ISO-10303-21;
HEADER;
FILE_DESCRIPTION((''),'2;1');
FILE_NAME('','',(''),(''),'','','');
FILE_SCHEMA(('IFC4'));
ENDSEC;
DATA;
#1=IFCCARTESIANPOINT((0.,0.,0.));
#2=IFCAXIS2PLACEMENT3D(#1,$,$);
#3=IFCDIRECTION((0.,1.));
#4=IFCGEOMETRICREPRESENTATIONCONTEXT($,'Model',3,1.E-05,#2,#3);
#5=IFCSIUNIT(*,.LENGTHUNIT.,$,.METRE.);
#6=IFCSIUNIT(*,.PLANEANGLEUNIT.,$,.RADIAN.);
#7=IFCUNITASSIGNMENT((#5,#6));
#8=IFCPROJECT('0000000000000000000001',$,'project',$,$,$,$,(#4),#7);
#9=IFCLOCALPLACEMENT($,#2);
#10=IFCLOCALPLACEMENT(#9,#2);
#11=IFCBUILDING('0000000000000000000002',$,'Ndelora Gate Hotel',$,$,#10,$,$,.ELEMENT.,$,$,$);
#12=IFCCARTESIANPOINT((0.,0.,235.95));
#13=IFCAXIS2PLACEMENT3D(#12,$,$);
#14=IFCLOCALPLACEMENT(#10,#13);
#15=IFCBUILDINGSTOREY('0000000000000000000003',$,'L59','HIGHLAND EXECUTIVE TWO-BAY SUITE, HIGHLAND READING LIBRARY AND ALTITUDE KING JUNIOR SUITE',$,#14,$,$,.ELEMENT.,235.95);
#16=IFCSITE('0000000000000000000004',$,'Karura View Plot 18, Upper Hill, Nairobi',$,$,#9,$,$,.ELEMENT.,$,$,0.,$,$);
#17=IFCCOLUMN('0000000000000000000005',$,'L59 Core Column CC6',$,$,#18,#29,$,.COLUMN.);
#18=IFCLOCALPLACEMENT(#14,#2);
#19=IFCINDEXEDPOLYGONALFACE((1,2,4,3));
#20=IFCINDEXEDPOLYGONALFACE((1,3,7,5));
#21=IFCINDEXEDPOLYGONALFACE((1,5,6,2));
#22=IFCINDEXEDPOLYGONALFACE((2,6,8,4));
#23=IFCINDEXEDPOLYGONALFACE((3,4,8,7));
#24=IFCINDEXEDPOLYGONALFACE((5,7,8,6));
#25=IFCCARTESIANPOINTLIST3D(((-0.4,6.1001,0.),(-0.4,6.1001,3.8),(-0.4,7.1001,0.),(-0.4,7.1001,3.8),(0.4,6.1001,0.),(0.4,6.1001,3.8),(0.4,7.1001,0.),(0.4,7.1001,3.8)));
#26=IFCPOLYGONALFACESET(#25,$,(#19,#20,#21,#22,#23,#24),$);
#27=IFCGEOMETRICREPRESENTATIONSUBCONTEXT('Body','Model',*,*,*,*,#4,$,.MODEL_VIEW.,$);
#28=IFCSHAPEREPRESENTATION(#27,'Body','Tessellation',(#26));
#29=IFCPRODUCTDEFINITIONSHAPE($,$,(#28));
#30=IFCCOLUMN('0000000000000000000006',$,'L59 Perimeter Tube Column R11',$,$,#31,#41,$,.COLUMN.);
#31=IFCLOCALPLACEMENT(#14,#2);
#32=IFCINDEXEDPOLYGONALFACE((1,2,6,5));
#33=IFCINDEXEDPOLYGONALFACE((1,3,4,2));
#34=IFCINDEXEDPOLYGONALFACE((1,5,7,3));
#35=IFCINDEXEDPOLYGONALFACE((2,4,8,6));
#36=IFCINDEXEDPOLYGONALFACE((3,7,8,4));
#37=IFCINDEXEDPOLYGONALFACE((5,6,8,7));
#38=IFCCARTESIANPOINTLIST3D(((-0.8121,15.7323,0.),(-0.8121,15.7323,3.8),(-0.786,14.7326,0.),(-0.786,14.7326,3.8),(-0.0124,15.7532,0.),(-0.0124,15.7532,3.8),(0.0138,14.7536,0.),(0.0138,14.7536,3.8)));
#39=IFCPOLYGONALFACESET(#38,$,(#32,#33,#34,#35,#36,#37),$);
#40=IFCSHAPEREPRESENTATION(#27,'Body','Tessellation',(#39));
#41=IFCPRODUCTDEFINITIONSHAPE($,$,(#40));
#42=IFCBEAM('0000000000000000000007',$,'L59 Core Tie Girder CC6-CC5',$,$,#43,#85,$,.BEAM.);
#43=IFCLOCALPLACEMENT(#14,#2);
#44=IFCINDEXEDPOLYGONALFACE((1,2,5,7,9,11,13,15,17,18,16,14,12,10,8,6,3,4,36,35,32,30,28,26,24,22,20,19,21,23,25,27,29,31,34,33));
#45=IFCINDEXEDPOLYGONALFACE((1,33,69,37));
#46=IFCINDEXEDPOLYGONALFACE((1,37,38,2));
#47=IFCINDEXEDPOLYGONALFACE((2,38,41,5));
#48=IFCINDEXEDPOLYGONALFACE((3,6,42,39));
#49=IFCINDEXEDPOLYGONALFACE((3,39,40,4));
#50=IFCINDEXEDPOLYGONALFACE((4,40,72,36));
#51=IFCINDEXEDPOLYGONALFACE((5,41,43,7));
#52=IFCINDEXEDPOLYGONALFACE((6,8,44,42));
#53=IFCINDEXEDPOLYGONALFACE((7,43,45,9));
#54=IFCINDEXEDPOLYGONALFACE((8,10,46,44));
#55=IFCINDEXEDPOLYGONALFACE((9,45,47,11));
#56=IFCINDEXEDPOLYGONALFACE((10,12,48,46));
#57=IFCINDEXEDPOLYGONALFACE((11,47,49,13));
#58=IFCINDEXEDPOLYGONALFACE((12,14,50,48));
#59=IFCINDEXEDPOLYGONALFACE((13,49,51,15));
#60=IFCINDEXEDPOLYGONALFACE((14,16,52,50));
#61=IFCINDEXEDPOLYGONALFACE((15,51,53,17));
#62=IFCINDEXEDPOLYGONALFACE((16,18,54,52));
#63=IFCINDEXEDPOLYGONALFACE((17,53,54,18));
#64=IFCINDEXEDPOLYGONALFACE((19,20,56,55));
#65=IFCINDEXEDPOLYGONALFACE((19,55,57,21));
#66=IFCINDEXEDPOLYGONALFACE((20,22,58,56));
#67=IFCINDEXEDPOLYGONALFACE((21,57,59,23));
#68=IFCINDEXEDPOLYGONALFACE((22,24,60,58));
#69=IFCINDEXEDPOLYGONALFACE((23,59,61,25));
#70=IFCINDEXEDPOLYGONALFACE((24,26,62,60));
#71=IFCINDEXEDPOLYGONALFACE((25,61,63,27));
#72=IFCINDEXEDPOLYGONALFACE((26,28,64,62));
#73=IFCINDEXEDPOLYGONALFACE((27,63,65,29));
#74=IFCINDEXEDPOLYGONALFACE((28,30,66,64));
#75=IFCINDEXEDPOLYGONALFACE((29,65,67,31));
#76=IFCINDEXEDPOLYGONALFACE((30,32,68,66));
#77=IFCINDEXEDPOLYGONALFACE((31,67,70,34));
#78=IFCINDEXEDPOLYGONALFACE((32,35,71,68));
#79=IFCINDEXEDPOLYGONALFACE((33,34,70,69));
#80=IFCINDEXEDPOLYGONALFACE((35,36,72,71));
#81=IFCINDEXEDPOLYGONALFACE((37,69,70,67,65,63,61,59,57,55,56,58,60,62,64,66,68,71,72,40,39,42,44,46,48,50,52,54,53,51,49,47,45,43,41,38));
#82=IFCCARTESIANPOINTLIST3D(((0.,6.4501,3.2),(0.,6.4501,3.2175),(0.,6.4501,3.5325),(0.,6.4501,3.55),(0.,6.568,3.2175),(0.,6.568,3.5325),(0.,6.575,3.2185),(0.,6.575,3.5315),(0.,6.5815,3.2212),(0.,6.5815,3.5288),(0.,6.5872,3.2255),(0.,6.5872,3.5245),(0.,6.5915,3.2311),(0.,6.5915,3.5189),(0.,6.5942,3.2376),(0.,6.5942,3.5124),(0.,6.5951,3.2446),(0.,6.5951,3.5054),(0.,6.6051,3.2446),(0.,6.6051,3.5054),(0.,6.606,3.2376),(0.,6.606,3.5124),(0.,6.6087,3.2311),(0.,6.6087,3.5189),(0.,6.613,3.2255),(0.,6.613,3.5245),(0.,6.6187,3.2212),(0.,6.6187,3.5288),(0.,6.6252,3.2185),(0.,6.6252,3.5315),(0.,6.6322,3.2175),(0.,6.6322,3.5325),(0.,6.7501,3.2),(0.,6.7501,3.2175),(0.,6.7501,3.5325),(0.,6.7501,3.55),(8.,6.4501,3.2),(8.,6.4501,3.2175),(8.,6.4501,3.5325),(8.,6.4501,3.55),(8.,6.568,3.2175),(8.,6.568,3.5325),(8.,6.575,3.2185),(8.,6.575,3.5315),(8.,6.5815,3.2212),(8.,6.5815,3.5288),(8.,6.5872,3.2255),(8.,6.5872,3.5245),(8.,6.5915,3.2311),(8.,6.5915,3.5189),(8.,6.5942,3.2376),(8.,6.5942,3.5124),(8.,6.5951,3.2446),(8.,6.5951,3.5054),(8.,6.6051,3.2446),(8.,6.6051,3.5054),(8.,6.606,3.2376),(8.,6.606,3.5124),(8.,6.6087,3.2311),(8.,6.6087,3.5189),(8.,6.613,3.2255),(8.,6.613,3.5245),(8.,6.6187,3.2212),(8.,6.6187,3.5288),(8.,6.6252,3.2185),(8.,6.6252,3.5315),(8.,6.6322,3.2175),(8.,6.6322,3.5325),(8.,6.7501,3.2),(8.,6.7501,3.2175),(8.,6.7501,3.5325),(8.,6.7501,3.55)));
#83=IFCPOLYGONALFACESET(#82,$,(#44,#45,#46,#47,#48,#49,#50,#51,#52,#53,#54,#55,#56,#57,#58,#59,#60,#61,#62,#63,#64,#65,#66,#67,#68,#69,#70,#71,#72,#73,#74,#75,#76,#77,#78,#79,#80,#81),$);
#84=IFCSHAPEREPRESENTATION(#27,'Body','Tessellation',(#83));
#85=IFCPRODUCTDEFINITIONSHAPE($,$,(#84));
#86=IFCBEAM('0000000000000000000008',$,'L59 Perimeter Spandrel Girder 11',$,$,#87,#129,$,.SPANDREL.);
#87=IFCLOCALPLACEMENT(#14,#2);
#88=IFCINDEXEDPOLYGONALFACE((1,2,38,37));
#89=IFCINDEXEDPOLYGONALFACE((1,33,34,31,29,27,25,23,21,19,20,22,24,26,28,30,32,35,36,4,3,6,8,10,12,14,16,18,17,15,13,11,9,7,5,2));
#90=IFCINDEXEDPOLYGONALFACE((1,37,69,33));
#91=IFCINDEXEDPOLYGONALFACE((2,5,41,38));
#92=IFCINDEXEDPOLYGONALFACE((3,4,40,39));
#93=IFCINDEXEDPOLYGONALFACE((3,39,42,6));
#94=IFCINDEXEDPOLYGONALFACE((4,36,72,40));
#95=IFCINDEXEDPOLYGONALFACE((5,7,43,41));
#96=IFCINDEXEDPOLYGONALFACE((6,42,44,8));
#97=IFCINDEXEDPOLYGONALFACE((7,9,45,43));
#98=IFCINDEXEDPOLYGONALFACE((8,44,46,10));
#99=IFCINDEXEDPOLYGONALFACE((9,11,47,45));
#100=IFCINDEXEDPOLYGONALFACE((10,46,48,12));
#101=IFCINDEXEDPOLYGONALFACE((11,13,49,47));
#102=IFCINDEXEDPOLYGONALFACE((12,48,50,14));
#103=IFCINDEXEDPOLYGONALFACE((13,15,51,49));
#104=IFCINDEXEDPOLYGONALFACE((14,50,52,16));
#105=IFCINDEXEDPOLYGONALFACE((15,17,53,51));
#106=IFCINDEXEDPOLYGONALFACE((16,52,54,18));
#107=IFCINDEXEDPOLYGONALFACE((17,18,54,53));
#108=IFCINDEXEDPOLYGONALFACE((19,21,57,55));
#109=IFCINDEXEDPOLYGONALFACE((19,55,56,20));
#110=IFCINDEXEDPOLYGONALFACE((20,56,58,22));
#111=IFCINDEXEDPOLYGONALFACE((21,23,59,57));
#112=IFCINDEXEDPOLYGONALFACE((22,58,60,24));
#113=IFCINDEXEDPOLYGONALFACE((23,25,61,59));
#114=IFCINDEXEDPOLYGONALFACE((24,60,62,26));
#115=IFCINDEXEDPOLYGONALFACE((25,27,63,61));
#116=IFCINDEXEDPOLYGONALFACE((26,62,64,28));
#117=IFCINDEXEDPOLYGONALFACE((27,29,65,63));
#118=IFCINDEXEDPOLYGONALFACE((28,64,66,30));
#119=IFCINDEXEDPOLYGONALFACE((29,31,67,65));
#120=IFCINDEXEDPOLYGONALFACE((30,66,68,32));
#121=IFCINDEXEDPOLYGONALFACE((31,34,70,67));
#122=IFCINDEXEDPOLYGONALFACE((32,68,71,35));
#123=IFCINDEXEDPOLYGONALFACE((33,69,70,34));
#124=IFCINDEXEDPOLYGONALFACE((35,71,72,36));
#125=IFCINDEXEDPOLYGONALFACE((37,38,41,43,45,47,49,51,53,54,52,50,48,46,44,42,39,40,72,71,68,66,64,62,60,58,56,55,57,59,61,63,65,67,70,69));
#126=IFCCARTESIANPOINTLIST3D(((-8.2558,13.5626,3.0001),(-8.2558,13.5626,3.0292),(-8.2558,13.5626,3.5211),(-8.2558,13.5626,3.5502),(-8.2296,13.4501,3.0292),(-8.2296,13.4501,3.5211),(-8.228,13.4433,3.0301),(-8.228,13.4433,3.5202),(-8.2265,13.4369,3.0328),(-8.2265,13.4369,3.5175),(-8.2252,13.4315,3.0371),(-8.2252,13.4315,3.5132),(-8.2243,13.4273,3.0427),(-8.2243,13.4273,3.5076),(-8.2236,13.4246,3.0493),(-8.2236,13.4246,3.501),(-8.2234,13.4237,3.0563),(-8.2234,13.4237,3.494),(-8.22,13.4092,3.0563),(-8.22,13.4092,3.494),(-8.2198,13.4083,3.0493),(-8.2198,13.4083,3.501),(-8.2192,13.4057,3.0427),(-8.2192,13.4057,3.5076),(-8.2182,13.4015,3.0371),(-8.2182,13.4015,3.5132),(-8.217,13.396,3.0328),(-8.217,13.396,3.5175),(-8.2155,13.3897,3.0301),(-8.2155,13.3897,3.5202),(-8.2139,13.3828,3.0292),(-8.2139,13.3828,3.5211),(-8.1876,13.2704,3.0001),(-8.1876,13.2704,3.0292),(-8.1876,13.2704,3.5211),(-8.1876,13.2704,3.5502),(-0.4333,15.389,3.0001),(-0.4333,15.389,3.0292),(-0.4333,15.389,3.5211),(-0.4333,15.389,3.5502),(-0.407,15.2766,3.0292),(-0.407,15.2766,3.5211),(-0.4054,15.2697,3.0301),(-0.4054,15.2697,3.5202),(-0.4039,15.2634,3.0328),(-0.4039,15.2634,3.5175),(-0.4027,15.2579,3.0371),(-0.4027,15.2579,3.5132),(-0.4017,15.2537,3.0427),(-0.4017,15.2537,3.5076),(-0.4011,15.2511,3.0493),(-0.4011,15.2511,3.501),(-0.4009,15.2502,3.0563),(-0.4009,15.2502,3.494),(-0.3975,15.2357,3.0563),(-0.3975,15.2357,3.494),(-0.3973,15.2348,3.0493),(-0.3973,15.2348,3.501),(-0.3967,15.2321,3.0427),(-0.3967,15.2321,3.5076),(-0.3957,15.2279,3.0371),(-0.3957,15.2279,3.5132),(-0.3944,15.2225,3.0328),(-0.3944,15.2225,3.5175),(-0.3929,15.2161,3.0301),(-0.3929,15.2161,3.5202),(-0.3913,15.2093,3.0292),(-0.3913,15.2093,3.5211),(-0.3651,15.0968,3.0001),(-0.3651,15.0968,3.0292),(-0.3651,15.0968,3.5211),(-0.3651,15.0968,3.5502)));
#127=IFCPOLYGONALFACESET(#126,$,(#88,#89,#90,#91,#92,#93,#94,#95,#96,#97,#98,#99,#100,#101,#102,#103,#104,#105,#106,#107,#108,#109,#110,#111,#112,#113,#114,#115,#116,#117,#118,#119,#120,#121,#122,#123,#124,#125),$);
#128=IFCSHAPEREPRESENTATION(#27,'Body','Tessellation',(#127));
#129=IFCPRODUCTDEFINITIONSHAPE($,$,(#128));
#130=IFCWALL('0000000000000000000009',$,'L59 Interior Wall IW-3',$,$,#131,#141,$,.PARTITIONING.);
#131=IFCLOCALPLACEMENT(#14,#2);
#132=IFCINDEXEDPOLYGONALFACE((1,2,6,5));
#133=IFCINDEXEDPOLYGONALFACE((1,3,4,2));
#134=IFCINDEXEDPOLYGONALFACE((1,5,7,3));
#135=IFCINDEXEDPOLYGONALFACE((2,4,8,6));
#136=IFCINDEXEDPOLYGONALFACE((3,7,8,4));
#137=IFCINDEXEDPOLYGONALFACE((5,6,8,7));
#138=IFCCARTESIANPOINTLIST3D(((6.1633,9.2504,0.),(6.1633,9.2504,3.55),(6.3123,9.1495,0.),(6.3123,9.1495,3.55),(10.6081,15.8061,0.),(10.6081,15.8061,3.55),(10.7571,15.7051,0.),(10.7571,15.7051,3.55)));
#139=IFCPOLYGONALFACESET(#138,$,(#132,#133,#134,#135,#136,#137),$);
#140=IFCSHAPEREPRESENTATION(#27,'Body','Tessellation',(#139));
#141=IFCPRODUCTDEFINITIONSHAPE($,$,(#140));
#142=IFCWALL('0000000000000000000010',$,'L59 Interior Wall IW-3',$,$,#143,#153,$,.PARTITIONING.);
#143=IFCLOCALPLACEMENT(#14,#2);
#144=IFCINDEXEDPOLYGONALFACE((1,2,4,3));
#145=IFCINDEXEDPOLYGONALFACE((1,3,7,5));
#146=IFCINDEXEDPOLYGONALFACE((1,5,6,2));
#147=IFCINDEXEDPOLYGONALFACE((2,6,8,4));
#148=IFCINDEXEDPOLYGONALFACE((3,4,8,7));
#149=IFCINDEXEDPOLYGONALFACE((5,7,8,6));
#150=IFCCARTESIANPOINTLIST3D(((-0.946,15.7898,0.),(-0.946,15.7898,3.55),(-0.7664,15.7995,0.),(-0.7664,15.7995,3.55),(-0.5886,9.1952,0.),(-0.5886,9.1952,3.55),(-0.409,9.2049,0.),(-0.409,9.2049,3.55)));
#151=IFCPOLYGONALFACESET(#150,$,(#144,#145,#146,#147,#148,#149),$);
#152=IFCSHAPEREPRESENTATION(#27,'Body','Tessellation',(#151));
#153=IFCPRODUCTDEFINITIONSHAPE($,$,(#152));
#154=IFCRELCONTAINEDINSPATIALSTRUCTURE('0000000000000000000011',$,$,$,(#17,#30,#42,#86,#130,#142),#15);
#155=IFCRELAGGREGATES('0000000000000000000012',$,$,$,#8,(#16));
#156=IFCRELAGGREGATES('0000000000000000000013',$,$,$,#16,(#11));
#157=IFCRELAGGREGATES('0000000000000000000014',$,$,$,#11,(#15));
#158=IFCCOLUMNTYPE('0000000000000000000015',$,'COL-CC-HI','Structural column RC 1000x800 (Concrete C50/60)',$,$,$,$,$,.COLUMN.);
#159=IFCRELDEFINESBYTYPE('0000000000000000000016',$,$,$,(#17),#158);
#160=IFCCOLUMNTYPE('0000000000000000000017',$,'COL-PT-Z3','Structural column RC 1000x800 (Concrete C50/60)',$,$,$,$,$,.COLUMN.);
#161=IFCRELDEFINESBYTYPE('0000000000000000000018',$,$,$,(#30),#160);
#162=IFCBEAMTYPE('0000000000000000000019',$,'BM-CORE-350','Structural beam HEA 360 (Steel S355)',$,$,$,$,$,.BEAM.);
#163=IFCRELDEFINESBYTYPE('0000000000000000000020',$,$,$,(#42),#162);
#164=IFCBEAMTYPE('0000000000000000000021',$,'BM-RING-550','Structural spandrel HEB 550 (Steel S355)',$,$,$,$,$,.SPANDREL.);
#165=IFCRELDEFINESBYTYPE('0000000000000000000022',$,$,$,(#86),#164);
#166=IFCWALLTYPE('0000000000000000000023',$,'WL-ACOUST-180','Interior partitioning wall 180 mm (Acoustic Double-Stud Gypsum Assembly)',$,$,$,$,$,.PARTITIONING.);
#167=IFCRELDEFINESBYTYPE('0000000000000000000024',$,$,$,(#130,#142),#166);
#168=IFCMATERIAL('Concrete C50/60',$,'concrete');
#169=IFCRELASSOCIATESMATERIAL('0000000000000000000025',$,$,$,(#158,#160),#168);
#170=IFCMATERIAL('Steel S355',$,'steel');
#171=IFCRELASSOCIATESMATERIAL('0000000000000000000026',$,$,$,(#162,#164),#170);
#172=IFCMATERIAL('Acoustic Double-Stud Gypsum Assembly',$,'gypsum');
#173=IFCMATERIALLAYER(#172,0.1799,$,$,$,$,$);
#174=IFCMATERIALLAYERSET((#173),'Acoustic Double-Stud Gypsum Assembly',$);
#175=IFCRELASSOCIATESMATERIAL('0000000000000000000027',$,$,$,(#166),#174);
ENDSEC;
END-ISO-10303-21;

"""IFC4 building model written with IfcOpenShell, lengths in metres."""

from ifc_helpers import new_model, si_unit, direction, frame, frame_2d, origin, origin_2d, place, context, subcontext, project, spatial, rectangle, i_section, extrude, material, layer, layer_set, material_profile, profile_set, type_object, element, save


model = new_model("IFC4")

# Units and contexts
model_context = context("Model", 3, precision=1e-05, world=origin(), true_north=direction((0.0, 1.0)))
body_context = subcontext(model_context, "Body", "Model", "MODEL_VIEW")
ifc_project = project(units=[si_unit("LENGTHUNIT", "METRE"), si_unit("PLANEANGLEUNIT", "RADIAN")], contexts=[model_context])

# Site, building, storey
site_placement = place(None, origin())
site = spatial("IfcSite", under=ifc_project, at=site_placement, Name="Karura View Plot 18, Upper Hill, Nairobi", CompositionType="ELEMENT", RefElevation=0.0)
building_placement = place(site_placement, origin())
building = spatial("IfcBuilding", under=site, at=building_placement, Name="Ndelora Gate Hotel", CompositionType="ELEMENT")
storey_placement = place(building_placement, frame((0.0, 0.0, 235.95)))
storey = spatial("IfcBuildingStorey", under=building, at=storey_placement, Name="L59", Description="HIGHLAND EXECUTIVE TWO-BAY SUITE, HIGHLAND READING LIBRARY AND ALTITUDE KING JUNIOR SUITE", CompositionType="ELEMENT", Elevation=235.95)

# Columns
ifc_material_1 = material(Name="Concrete C50/60", Category="concrete")
ifc_material_profile_1 = material_profile(ifc_material_1, rectangle(XDim=0.8, YDim=1.0, at=origin_2d()), Name="RC 1000x800")
ifc_profile_set_1 = profile_set([ifc_material_profile_1], Name="Concrete C50/60")
column_type_1 = type_object("IfcColumnType", Name="COL-CC-HI", Description="Structural column RC 1000x800 (Concrete C50/60)", PredefinedType="COLUMN", material=ifc_profile_set_1)
column_1_placement = place(storey_placement, frame((0.0, 6.6001, 0.0), z_axis=(0.0, 0.0, 1.0), x_axis=(1.0, 0.0, 0.0)))
element("IfcColumn", 1, at=column_1_placement, inside=storey, type_object=column_type_1, Name="L59 Core Column CC6", PredefinedType="COLUMN", context=body_context, shape_type="SweptSolid", body=[
    extrude(rectangle(XDim=0.8, YDim=1.0, at=origin_2d()), origin(), (0.0, 0.0, 1.0), 3.8),
])
ifc_material_profile_2 = material_profile(ifc_material_1, rectangle(XDim=0.8, YDim=1.0, at=origin_2d()), Name="RC 1000x800")
ifc_profile_set_2 = profile_set([ifc_material_profile_2], Name="Concrete C50/60")
column_type_2 = type_object("IfcColumnType", Name="COL-PT-Z3", Description="Structural column RC 1000x800 (Concrete C50/60)", PredefinedType="COLUMN", material=ifc_profile_set_2)
column_2_placement = place(storey_placement, frame((-0.3992, 15.2429, 0.0), z_axis=(0.0, 0.0, 1.0), x_axis=(0.999657, 0.026177, 0.0)))
element("IfcColumn", 2, at=column_2_placement, inside=storey, type_object=column_type_2, Name="L59 Perimeter Tube Column R11", PredefinedType="COLUMN", context=body_context, shape_type="SweptSolid", body=[
    extrude(rectangle(XDim=0.8, YDim=1.0, at=origin_2d()), origin(), (0.0, 0.0, 1.0), 3.8),
])

# Beams
ifc_material_2 = material(Name="Steel S355", Category="steel")
ifc_material_profile_3 = material_profile(ifc_material_2, i_section(OverallWidth=0.3, OverallDepth=0.3501, WebThickness=0.01, FlangeThickness=0.0176, FilletRadius=0.0271, at=origin_2d()), Name="HEA 360")
ifc_profile_set_3 = profile_set([ifc_material_profile_3], Name="Steel S355")
beam_type_1 = type_object("IfcBeamType", Name="BM-CORE-350", Description="Structural beam HEA 360 (Steel S355)", PredefinedType="BEAM", material=ifc_profile_set_3)
beam_1_placement = place(storey_placement, frame((0.0, 6.6001, 3.375), z_axis=(1.0, 0.0, 0.0), x_axis=(0.0, 1.0, 0.0)))
element("IfcBeam", 3, at=beam_1_placement, inside=storey, type_object=beam_type_1, Name="L59 Core Tie Girder CC6-CC5", PredefinedType="BEAM", context=body_context, shape_type="SweptSolid", body=[
    extrude(i_section(OverallWidth=0.3, OverallDepth=0.3501, WebThickness=0.01, FlangeThickness=0.0176, FilletRadius=0.0271, at=origin_2d()), origin(), (0.0, 0.0, 1.0), 8.0),
])
ifc_material_profile_4 = material_profile(ifc_material_2, i_section(OverallWidth=0.3, OverallDepth=0.55, WebThickness=0.0149, FlangeThickness=0.0291, FilletRadius=0.0271, at=origin_2d()), Name="HEB 550")
ifc_profile_set_4 = profile_set([ifc_material_profile_4], Name="Steel S355")
beam_type_2 = type_object("IfcBeamType", Name="BM-RING-550", Description="Structural spandrel HEB 550 (Steel S355)", PredefinedType="SPANDREL", material=ifc_profile_set_4)
beam_2_placement = place(storey_placement, frame((-0.3992, 15.2429, 3.2751), z_axis=(-0.973809, -0.227367, 0.0), x_axis=(0.227367, -0.973809, 0.0)))
element("IfcBeam", 4, at=beam_2_placement, inside=storey, type_object=beam_type_2, Name="L59 Perimeter Spandrel Girder 11", PredefinedType="SPANDREL", context=body_context, shape_type="SweptSolid", body=[
    extrude(i_section(OverallWidth=0.3, OverallDepth=0.55, WebThickness=0.0149, FlangeThickness=0.0291, FilletRadius=0.0271, at=origin_2d()), origin(), (0.0, 0.0, 1.0), 8.033),
])

# Walls
ifc_material_3 = material(Name="Acoustic Double-Stud Gypsum Assembly", Category="gypsum")
ifc_layer_1 = layer(ifc_material_3, 0.1799)
ifc_layer_set_1 = layer_set([ifc_layer_1], Name="Acoustic Double-Stud Gypsum Assembly")
wall_type_1 = type_object("IfcWallType", Name="WL-ACOUST-180", Description="Interior partitioning wall 180 mm (Acoustic Double-Stud Gypsum Assembly)", PredefinedType="PARTITIONING", material=ifc_layer_set_1)
wall_1_placement = place(storey_placement, frame((6.2378, 9.2, 0.0), z_axis=(0.0, 0.0, 1.0), x_axis=(0.561185, 0.827691, 0.0)))
element("IfcWall", 5, at=wall_1_placement, inside=storey, type_object=wall_type_1, Name="L59 Interior Wall IW-3", PredefinedType="PARTITIONING", context=body_context, shape_type="SweptSolid", body=[
    extrude(rectangle(XDim=7.9204, YDim=0.1799, at=frame_2d((3.9602, 0.0))), origin(), (0.0, 0.0, 1.0), 3.55),
])
wall_2_placement = place(storey_placement, frame((-0.4988, 9.2, 0.0), z_axis=(0.0, 0.0, 1.0), x_axis=(-0.054121, 0.998534, 0.0)))
element("IfcWall", 6, at=wall_2_placement, inside=storey, type_object=wall_type_1, Name="L59 Interior Wall IW-3", PredefinedType="PARTITIONING", context=body_context, shape_type="SweptSolid", body=[
    extrude(rectangle(XDim=6.6042, YDim=0.1799, at=frame_2d((3.3022, 0.0))), origin(), (0.0, 0.0, 1.0), 3.55),
])

save(model, "model.ifc")
